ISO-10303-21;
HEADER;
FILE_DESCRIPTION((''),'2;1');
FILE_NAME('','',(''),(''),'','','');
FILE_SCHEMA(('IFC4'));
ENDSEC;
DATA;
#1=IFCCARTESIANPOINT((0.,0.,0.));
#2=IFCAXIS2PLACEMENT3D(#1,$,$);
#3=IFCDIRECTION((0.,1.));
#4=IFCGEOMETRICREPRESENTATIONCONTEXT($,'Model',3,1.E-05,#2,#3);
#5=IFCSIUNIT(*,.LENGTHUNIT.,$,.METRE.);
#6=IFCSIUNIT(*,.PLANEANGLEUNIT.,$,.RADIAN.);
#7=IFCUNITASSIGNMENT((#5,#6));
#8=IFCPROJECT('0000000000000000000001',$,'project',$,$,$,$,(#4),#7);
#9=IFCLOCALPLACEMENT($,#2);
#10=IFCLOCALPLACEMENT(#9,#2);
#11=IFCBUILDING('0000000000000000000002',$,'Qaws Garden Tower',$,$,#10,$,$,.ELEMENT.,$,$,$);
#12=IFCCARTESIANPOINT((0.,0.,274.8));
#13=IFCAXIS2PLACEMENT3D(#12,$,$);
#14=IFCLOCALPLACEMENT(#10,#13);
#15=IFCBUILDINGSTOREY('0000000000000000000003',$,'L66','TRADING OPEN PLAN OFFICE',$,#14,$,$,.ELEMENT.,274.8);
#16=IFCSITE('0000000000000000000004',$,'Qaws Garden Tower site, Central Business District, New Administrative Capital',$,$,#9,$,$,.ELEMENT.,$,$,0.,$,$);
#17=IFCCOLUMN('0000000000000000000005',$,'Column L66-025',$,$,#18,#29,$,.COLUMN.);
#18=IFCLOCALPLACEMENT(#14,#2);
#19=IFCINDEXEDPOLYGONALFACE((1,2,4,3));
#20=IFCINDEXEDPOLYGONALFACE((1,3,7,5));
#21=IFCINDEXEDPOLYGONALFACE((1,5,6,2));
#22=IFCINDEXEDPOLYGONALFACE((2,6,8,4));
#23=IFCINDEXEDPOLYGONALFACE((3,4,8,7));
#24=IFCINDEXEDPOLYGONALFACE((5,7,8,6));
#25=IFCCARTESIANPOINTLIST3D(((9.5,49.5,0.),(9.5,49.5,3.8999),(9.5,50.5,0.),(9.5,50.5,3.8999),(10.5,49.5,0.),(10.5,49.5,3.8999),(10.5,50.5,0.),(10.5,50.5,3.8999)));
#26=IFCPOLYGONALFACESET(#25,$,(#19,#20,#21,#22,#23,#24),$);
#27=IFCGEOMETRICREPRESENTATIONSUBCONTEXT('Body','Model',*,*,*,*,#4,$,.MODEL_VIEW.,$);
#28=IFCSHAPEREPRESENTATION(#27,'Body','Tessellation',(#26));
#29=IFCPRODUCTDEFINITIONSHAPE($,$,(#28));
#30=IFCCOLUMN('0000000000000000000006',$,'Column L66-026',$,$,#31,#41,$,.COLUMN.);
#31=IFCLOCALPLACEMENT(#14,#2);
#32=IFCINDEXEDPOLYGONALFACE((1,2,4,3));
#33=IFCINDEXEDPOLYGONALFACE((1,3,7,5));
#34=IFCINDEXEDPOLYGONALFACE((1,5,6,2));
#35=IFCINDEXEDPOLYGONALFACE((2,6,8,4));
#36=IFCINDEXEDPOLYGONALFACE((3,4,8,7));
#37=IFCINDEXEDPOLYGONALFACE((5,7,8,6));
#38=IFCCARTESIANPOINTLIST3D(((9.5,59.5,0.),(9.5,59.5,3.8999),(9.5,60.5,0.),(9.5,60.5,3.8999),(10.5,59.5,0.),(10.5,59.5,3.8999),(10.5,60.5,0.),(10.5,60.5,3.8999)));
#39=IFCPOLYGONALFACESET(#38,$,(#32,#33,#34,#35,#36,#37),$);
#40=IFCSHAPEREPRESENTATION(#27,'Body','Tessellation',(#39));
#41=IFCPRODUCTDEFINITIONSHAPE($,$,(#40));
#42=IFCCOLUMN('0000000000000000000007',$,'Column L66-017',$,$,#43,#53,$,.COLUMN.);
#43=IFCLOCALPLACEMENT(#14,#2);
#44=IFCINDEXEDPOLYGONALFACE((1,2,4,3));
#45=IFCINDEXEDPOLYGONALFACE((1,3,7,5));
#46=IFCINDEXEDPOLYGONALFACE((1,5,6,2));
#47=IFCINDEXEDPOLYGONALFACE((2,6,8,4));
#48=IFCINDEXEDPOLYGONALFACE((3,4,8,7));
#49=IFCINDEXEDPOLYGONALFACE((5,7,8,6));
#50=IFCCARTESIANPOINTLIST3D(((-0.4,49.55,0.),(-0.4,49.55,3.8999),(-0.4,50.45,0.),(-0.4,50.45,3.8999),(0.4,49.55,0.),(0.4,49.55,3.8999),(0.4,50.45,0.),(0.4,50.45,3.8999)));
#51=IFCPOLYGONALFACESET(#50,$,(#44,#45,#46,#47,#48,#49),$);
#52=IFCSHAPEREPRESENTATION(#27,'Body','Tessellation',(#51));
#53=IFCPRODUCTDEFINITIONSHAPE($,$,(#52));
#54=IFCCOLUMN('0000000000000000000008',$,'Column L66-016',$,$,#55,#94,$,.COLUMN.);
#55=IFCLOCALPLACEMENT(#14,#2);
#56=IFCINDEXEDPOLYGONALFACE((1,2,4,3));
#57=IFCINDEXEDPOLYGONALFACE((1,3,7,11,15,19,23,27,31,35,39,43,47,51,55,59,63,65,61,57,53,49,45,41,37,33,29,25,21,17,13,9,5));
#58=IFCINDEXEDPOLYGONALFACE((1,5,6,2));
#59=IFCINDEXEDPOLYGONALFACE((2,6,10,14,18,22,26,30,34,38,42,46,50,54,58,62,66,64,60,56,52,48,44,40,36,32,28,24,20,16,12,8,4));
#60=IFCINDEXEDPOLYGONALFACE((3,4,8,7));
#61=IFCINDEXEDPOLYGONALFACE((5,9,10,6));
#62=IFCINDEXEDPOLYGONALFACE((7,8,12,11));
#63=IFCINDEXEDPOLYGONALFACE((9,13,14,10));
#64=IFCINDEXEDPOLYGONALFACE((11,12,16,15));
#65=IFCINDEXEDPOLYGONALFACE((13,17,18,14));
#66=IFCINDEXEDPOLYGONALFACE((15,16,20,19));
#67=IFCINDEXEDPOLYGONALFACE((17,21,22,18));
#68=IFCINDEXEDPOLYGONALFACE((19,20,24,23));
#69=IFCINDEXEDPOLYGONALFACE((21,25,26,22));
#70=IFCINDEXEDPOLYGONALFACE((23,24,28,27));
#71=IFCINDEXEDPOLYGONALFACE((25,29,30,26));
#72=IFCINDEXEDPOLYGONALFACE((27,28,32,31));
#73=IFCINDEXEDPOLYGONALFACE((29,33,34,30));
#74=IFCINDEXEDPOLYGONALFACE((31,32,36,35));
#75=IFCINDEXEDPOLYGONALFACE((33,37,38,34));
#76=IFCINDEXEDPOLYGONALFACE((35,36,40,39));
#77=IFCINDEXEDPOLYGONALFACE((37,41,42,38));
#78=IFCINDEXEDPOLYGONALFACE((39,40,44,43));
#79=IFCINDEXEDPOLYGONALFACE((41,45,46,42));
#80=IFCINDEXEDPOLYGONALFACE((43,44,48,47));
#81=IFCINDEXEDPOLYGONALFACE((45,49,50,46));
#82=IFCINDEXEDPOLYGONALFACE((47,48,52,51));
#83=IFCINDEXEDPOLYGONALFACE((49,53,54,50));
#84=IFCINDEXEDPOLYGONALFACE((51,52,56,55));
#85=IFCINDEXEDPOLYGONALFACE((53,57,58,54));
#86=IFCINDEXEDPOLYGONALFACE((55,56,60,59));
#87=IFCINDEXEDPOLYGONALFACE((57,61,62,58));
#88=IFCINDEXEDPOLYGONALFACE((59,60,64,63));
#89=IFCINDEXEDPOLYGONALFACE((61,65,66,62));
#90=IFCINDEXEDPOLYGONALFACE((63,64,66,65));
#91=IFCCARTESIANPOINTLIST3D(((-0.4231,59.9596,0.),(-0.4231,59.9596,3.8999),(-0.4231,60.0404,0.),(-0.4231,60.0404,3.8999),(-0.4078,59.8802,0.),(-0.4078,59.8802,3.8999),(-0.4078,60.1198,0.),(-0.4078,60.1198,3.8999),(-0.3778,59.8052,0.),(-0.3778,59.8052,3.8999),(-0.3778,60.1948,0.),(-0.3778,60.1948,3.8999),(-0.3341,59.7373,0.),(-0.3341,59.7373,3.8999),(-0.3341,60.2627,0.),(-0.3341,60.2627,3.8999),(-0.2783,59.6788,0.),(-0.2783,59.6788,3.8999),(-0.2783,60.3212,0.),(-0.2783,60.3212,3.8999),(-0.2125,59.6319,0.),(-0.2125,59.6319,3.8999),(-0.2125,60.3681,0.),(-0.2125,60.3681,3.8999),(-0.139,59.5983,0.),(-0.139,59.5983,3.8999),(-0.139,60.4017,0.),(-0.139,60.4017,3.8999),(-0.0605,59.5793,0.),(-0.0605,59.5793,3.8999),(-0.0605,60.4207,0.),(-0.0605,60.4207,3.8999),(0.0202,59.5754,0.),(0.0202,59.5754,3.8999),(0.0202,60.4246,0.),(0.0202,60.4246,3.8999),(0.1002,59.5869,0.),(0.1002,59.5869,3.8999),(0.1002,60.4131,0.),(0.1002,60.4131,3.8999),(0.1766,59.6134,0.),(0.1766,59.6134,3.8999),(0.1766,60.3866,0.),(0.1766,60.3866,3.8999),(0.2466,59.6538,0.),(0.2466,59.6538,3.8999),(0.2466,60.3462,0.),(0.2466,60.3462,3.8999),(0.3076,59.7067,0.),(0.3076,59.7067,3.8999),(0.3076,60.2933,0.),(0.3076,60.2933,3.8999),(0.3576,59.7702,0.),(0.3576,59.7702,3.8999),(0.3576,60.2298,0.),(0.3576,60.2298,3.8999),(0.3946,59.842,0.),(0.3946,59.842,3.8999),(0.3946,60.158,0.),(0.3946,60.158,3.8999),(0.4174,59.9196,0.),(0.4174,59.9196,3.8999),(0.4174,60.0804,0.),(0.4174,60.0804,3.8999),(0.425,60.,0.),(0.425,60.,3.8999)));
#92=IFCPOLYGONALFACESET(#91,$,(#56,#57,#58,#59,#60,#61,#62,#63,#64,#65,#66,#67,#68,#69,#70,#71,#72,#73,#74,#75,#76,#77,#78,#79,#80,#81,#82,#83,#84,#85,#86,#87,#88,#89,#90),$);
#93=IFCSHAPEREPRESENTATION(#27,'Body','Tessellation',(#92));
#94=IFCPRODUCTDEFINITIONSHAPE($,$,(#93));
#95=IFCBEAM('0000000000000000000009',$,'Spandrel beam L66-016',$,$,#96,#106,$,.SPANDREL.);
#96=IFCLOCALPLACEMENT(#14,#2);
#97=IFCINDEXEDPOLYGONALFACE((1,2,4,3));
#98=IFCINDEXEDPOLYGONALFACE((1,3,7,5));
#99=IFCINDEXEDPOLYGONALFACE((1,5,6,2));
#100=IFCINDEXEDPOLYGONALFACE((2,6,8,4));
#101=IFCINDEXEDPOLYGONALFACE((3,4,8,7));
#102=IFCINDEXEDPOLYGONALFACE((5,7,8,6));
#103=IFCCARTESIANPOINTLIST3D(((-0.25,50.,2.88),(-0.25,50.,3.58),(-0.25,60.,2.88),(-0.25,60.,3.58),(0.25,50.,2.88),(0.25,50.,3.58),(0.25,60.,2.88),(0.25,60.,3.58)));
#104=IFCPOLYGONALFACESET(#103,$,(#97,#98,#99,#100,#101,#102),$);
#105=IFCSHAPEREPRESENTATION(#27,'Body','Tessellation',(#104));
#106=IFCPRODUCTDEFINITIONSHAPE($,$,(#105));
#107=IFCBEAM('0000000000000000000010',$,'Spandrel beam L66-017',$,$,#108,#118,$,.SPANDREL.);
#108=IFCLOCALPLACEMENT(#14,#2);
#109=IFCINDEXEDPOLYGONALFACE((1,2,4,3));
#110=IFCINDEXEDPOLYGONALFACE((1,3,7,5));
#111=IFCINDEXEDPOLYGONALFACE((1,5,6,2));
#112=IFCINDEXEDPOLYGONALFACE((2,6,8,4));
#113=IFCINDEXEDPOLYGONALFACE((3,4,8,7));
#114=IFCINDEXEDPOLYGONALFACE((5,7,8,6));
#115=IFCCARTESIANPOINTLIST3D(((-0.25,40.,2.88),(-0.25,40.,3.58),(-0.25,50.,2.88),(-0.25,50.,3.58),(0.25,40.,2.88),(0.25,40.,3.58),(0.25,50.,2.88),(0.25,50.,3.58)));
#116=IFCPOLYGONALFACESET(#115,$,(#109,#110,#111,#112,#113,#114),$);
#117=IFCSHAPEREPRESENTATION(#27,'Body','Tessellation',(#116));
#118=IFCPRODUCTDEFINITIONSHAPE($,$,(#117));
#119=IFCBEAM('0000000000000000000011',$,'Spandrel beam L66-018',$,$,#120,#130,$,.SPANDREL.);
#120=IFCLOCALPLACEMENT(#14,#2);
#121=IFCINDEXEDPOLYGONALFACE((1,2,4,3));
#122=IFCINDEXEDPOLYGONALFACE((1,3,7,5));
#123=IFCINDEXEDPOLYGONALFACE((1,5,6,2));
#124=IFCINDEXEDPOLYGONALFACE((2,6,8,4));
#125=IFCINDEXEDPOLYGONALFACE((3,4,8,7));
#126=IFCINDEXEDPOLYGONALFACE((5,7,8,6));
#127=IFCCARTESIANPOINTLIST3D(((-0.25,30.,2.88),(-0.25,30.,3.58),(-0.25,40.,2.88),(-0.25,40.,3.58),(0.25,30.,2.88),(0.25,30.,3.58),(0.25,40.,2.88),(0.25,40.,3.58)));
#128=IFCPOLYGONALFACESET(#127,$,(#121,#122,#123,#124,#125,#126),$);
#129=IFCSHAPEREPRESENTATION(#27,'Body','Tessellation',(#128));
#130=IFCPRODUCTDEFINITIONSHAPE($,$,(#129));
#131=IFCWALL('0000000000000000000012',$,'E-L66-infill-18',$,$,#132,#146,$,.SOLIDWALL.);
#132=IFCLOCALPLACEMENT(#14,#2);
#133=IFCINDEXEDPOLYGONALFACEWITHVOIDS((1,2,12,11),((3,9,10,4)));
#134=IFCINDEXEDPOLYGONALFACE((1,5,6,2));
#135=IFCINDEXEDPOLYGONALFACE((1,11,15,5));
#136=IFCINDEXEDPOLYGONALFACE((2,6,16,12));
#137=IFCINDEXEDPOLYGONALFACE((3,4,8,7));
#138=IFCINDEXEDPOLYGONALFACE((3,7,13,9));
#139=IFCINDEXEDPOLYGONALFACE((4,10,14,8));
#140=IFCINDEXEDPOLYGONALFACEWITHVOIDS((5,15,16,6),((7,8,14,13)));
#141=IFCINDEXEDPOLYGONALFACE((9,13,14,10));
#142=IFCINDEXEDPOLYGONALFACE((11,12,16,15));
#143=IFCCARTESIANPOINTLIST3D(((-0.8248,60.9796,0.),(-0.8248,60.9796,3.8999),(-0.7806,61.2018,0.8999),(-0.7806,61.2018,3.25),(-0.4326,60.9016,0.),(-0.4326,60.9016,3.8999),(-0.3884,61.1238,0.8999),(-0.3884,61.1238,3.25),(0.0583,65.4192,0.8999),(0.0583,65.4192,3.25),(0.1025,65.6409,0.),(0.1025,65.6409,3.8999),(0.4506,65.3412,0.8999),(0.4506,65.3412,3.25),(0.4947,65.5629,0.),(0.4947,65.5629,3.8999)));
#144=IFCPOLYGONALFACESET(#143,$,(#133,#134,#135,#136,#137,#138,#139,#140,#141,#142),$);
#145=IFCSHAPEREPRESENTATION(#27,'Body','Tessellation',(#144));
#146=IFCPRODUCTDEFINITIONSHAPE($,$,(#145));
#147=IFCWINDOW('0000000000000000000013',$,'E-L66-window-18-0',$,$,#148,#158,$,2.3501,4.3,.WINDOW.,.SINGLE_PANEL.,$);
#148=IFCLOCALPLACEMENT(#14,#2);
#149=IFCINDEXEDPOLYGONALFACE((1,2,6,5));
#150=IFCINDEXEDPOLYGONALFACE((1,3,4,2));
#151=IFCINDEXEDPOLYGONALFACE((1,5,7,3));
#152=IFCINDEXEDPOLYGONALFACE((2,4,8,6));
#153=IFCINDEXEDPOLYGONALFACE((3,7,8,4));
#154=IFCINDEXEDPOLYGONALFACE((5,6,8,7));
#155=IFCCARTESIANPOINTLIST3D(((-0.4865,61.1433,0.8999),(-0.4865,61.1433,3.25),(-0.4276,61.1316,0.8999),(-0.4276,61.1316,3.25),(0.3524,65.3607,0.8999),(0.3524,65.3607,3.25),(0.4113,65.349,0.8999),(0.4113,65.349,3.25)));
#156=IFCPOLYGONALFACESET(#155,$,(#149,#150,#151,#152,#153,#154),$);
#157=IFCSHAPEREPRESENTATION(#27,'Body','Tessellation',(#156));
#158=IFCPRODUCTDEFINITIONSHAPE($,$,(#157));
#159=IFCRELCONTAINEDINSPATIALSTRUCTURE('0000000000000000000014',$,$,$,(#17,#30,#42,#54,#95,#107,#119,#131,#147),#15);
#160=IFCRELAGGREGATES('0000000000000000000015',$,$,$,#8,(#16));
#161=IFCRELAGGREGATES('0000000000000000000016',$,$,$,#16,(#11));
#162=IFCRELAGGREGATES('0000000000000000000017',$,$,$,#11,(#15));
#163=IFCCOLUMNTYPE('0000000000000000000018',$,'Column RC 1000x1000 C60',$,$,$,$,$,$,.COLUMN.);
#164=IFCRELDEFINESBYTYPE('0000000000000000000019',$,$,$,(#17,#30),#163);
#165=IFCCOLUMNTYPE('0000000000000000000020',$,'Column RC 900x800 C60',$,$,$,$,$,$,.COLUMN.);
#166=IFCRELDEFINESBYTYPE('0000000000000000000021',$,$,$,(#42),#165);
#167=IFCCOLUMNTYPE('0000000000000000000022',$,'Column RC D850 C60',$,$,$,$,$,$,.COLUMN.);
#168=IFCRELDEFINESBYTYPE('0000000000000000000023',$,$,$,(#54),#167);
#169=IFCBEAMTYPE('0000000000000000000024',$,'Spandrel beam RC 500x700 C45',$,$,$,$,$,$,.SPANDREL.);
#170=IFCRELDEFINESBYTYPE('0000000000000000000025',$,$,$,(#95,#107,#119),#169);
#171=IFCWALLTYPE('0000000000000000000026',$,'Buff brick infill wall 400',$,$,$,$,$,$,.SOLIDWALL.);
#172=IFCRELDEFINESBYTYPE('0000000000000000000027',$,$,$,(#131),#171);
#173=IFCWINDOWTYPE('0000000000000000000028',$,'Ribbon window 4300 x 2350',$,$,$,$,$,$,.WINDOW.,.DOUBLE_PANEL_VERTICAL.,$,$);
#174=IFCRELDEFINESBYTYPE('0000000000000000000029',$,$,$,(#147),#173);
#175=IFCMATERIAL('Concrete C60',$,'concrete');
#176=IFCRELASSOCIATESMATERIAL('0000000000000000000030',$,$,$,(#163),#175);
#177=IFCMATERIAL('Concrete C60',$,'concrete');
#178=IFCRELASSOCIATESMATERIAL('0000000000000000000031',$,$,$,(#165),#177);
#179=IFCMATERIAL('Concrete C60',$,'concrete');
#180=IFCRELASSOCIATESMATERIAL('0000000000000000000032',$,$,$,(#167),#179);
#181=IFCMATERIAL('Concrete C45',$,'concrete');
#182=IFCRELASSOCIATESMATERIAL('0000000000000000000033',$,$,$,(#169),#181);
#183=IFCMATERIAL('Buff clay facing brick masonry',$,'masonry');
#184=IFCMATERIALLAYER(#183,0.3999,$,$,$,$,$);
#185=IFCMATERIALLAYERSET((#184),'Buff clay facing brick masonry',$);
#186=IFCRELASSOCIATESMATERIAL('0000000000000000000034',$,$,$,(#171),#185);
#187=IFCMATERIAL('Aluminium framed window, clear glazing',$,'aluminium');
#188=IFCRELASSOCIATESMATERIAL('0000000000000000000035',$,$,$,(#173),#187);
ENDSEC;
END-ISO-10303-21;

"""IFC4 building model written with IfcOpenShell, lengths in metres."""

from ifc_helpers import new_model, si_unit, direction, frame, frame_2d, origin, origin_2d, place, context, subcontext, project, spatial, rectangle, circle, extrude, material, layer, layer_set, material_profile, profile_set, type_object, element, fill, save


model = new_model("IFC4")

# Units and contexts
model_context = context("Model", 3, precision=1e-05, world=origin(), true_north=direction((0.0, 1.0)))
body_context = subcontext(model_context, "Body", "Model", "MODEL_VIEW")
ifc_project = project(units=[si_unit("LENGTHUNIT", "METRE"), si_unit("PLANEANGLEUNIT", "RADIAN")], contexts=[model_context])

# Site, building, storey
site_placement = place(None, origin())
site = spatial("IfcSite", under=ifc_project, at=site_placement, Name="Qaws Garden Tower site, Central Business District, New Administrative Capital", CompositionType="ELEMENT", RefElevation=0.0)
building_placement = place(site_placement, origin())
building = spatial("IfcBuilding", under=site, at=building_placement, Name="Qaws Garden Tower", CompositionType="ELEMENT")
storey_placement = place(building_placement, frame((0.0, 0.0, 274.8)))
storey = spatial("IfcBuildingStorey", under=building, at=storey_placement, Name="L66", Description="TRADING OPEN PLAN OFFICE", CompositionType="ELEMENT", Elevation=274.8)

# Columns
ifc_material_1 = material(Name="Concrete C60", Category="concrete")
ifc_material_profile_1 = material_profile(ifc_material_1, rectangle(XDim=1.0, YDim=1.0, at=origin_2d()), Name="RC 1000x1000")
ifc_profile_set_1 = profile_set([ifc_material_profile_1], Name="Concrete C60")
column_type_1 = type_object("IfcColumnType", Name="Column RC 1000x1000 C60", PredefinedType="COLUMN", material=ifc_profile_set_1)
for number, where, z_axis, x_axis, name in (
    (1, (10.0, 50.0, 0.0), (0.0, 0.0, 1.0), (1.0, 0.0, 0.0), "Column L66-025"),
    (2, (10.0, 60.0, 0.0), (0.0, 0.0, 1.0), (1.0, 0.0, 0.0), "Column L66-026"),
):
    element("IfcColumn", number, at=place(storey_placement, frame(where, z_axis=z_axis, x_axis=x_axis)), inside=storey, type_object=column_type_1, Name=name, PredefinedType="COLUMN", context=body_context, shape_type="SweptSolid", body=[
        extrude(rectangle(XDim=1.0, YDim=1.0, at=origin_2d()), origin(), (0.0, 0.0, 1.0), 3.8999),
    ])
ifc_material_2 = material(Name="Concrete C60", Category="concrete")
ifc_material_profile_2 = material_profile(ifc_material_2, rectangle(XDim=0.8999, YDim=0.8, at=origin_2d()), Name="RC 900x800")
ifc_profile_set_2 = profile_set([ifc_material_profile_2], Name="Concrete C60")
column_type_2 = type_object("IfcColumnType", Name="Column RC 900x800 C60", PredefinedType="COLUMN", material=ifc_profile_set_2)
column_1_placement = place(storey_placement, frame((0.0, 50.0, 0.0), z_axis=(0.0, 0.0, 1.0), x_axis=(0.0, 1.0, 0.0)))
element("IfcColumn", 3, at=column_1_placement, inside=storey, type_object=column_type_2, Name="Column L66-017", PredefinedType="COLUMN", context=body_context, shape_type="SweptSolid", body=[
    extrude(rectangle(XDim=0.8999, YDim=0.8, at=origin_2d()), origin(), (0.0, 0.0, 1.0), 3.8999),
])
ifc_material_3 = material(Name="Concrete C60", Category="concrete")
ifc_material_profile_3 = material_profile(ifc_material_3, circle(Radius=0.425, at=origin_2d()), Name="RC D850")
ifc_profile_set_3 = profile_set([ifc_material_profile_3], Name="Concrete C60")
column_type_3 = type_object("IfcColumnType", Name="Column RC D850 C60", PredefinedType="COLUMN", material=ifc_profile_set_3)
column_2_placement = place(storey_placement, frame((0.0, 60.0, 0.0), z_axis=(0.0, 0.0, 1.0), x_axis=(1.0, 0.0, 0.0)))
element("IfcColumn", 4, at=column_2_placement, inside=storey, type_object=column_type_3, Name="Column L66-016", PredefinedType="COLUMN", context=body_context, shape_type="SweptSolid", body=[
    extrude(circle(Radius=0.425, at=origin_2d()), origin(), (0.0, 0.0, 1.0), 3.8999),
])

# Beams
ifc_material_4 = material(Name="Concrete C45", Category="concrete")
ifc_material_profile_4 = material_profile(ifc_material_4, rectangle(XDim=0.5, YDim=0.7, at=origin_2d()), Name="RC 500x700")
ifc_profile_set_4 = profile_set([ifc_material_profile_4], Name="Concrete C45")
beam_type = type_object("IfcBeamType", Name="Spandrel beam RC 500x700 C45", PredefinedType="SPANDREL", material=ifc_profile_set_4)
for number, where, z_axis, x_axis, name in (
    (5, (0.0, 60.0, 3.23), (0.0, -1.0, 0.0), (1.0, 0.0, 0.0), "Spandrel beam L66-016"),
    (6, (0.0, 50.0, 3.23), (0.0, -1.0, 0.0), (1.0, 0.0, 0.0), "Spandrel beam L66-017"),
    (7, (0.0, 40.0, 3.23), (0.0, -1.0, 0.0), (1.0, 0.0, 0.0), "Spandrel beam L66-018"),
):
    element("IfcBeam", number, at=place(storey_placement, frame(where, z_axis=z_axis, x_axis=x_axis)), inside=storey, type_object=beam_type, Name=name, PredefinedType="SPANDREL", context=body_context, shape_type="SweptSolid", body=[
        extrude(rectangle(XDim=0.5, YDim=0.7, at=origin_2d()), origin(), (0.0, 0.0, 1.0), 10.0),
    ])

# Wall, opening, window
ifc_material_5 = material(Name="Buff clay facing brick masonry", Category="masonry")
ifc_layer_1 = layer(ifc_material_5, 0.3999)
ifc_layer_set_1 = layer_set([ifc_layer_1], Name="Buff clay facing brick masonry")
wall_type_1 = type_object("IfcWallType", Name="Buff brick infill wall 400", PredefinedType="SOLIDWALL", material=ifc_layer_set_1)
wall_1_placement = place(storey_placement, frame((0.2986, 65.6021, 0.0), z_axis=(0.0, 0.0, 1.0), x_axis=(-0.195099, -0.980784, 0.0)))
wall_1 = element("IfcWall", 8, at=wall_1_placement, inside=storey, type_object=wall_type_1, Name="E-L66-infill-18", PredefinedType="SOLIDWALL", context=body_context, shape_type="SweptSolid", body=[
    extrude(rectangle(XDim=4.7527, YDim=0.3999, at=frame_2d((2.3765, 0.0))), origin(), (0.0, 0.0, 1.0), 3.8999),
])
opening_1_placement = place(wall_1_placement, frame((0.2263, 0.0, 0.8999)))
opening_1 = element("IfcOpeningElement", 9, at=opening_1_placement, cuts=wall_1, PredefinedType="OPENING", context=body_context, shape_type="SweptSolid", body=[
    extrude(rectangle(XDim=4.3, YDim=2.3501, at=frame_2d((2.1499, 1.175))), frame((0.0, 0.21, 0.0), z_axis=(0.0, -1.0, 0.0), x_axis=(1.0, 0.0, 0.0)), (0.0, 0.0, 1.0), 0.4199),
])
ifc_material_6 = material(Name="Aluminium framed window, clear glazing", Category="aluminium")
window_type_1 = type_object("IfcWindowType", Name="Ribbon window 4300 x 2350", PartitioningType="DOUBLE_PANEL_VERTICAL", PredefinedType="WINDOW", material=ifc_material_6)
window_1_placement = place(opening_1_placement, origin())
window_1 = element("IfcWindow", 10, at=window_1_placement, inside=storey, type_object=window_type_1, Name="E-L66-window-18-0", OverallHeight=2.3501, OverallWidth=4.3, PartitioningType="SINGLE_PANEL", PredefinedType="WINDOW", context=body_context, shape_type="SweptSolid", body=[
    extrude(rectangle(XDim=4.3, YDim=2.3501, at=frame_2d((2.1499, 1.175))), frame((0.0, 0.1599, 0.0), z_axis=(0.0, -1.0, 0.0), x_axis=(1.0, 0.0, 0.0)), (0.0, 0.0, 1.0), 0.0601),
])
fill(opening_1, window_1)

save(model, "model.ifc")
